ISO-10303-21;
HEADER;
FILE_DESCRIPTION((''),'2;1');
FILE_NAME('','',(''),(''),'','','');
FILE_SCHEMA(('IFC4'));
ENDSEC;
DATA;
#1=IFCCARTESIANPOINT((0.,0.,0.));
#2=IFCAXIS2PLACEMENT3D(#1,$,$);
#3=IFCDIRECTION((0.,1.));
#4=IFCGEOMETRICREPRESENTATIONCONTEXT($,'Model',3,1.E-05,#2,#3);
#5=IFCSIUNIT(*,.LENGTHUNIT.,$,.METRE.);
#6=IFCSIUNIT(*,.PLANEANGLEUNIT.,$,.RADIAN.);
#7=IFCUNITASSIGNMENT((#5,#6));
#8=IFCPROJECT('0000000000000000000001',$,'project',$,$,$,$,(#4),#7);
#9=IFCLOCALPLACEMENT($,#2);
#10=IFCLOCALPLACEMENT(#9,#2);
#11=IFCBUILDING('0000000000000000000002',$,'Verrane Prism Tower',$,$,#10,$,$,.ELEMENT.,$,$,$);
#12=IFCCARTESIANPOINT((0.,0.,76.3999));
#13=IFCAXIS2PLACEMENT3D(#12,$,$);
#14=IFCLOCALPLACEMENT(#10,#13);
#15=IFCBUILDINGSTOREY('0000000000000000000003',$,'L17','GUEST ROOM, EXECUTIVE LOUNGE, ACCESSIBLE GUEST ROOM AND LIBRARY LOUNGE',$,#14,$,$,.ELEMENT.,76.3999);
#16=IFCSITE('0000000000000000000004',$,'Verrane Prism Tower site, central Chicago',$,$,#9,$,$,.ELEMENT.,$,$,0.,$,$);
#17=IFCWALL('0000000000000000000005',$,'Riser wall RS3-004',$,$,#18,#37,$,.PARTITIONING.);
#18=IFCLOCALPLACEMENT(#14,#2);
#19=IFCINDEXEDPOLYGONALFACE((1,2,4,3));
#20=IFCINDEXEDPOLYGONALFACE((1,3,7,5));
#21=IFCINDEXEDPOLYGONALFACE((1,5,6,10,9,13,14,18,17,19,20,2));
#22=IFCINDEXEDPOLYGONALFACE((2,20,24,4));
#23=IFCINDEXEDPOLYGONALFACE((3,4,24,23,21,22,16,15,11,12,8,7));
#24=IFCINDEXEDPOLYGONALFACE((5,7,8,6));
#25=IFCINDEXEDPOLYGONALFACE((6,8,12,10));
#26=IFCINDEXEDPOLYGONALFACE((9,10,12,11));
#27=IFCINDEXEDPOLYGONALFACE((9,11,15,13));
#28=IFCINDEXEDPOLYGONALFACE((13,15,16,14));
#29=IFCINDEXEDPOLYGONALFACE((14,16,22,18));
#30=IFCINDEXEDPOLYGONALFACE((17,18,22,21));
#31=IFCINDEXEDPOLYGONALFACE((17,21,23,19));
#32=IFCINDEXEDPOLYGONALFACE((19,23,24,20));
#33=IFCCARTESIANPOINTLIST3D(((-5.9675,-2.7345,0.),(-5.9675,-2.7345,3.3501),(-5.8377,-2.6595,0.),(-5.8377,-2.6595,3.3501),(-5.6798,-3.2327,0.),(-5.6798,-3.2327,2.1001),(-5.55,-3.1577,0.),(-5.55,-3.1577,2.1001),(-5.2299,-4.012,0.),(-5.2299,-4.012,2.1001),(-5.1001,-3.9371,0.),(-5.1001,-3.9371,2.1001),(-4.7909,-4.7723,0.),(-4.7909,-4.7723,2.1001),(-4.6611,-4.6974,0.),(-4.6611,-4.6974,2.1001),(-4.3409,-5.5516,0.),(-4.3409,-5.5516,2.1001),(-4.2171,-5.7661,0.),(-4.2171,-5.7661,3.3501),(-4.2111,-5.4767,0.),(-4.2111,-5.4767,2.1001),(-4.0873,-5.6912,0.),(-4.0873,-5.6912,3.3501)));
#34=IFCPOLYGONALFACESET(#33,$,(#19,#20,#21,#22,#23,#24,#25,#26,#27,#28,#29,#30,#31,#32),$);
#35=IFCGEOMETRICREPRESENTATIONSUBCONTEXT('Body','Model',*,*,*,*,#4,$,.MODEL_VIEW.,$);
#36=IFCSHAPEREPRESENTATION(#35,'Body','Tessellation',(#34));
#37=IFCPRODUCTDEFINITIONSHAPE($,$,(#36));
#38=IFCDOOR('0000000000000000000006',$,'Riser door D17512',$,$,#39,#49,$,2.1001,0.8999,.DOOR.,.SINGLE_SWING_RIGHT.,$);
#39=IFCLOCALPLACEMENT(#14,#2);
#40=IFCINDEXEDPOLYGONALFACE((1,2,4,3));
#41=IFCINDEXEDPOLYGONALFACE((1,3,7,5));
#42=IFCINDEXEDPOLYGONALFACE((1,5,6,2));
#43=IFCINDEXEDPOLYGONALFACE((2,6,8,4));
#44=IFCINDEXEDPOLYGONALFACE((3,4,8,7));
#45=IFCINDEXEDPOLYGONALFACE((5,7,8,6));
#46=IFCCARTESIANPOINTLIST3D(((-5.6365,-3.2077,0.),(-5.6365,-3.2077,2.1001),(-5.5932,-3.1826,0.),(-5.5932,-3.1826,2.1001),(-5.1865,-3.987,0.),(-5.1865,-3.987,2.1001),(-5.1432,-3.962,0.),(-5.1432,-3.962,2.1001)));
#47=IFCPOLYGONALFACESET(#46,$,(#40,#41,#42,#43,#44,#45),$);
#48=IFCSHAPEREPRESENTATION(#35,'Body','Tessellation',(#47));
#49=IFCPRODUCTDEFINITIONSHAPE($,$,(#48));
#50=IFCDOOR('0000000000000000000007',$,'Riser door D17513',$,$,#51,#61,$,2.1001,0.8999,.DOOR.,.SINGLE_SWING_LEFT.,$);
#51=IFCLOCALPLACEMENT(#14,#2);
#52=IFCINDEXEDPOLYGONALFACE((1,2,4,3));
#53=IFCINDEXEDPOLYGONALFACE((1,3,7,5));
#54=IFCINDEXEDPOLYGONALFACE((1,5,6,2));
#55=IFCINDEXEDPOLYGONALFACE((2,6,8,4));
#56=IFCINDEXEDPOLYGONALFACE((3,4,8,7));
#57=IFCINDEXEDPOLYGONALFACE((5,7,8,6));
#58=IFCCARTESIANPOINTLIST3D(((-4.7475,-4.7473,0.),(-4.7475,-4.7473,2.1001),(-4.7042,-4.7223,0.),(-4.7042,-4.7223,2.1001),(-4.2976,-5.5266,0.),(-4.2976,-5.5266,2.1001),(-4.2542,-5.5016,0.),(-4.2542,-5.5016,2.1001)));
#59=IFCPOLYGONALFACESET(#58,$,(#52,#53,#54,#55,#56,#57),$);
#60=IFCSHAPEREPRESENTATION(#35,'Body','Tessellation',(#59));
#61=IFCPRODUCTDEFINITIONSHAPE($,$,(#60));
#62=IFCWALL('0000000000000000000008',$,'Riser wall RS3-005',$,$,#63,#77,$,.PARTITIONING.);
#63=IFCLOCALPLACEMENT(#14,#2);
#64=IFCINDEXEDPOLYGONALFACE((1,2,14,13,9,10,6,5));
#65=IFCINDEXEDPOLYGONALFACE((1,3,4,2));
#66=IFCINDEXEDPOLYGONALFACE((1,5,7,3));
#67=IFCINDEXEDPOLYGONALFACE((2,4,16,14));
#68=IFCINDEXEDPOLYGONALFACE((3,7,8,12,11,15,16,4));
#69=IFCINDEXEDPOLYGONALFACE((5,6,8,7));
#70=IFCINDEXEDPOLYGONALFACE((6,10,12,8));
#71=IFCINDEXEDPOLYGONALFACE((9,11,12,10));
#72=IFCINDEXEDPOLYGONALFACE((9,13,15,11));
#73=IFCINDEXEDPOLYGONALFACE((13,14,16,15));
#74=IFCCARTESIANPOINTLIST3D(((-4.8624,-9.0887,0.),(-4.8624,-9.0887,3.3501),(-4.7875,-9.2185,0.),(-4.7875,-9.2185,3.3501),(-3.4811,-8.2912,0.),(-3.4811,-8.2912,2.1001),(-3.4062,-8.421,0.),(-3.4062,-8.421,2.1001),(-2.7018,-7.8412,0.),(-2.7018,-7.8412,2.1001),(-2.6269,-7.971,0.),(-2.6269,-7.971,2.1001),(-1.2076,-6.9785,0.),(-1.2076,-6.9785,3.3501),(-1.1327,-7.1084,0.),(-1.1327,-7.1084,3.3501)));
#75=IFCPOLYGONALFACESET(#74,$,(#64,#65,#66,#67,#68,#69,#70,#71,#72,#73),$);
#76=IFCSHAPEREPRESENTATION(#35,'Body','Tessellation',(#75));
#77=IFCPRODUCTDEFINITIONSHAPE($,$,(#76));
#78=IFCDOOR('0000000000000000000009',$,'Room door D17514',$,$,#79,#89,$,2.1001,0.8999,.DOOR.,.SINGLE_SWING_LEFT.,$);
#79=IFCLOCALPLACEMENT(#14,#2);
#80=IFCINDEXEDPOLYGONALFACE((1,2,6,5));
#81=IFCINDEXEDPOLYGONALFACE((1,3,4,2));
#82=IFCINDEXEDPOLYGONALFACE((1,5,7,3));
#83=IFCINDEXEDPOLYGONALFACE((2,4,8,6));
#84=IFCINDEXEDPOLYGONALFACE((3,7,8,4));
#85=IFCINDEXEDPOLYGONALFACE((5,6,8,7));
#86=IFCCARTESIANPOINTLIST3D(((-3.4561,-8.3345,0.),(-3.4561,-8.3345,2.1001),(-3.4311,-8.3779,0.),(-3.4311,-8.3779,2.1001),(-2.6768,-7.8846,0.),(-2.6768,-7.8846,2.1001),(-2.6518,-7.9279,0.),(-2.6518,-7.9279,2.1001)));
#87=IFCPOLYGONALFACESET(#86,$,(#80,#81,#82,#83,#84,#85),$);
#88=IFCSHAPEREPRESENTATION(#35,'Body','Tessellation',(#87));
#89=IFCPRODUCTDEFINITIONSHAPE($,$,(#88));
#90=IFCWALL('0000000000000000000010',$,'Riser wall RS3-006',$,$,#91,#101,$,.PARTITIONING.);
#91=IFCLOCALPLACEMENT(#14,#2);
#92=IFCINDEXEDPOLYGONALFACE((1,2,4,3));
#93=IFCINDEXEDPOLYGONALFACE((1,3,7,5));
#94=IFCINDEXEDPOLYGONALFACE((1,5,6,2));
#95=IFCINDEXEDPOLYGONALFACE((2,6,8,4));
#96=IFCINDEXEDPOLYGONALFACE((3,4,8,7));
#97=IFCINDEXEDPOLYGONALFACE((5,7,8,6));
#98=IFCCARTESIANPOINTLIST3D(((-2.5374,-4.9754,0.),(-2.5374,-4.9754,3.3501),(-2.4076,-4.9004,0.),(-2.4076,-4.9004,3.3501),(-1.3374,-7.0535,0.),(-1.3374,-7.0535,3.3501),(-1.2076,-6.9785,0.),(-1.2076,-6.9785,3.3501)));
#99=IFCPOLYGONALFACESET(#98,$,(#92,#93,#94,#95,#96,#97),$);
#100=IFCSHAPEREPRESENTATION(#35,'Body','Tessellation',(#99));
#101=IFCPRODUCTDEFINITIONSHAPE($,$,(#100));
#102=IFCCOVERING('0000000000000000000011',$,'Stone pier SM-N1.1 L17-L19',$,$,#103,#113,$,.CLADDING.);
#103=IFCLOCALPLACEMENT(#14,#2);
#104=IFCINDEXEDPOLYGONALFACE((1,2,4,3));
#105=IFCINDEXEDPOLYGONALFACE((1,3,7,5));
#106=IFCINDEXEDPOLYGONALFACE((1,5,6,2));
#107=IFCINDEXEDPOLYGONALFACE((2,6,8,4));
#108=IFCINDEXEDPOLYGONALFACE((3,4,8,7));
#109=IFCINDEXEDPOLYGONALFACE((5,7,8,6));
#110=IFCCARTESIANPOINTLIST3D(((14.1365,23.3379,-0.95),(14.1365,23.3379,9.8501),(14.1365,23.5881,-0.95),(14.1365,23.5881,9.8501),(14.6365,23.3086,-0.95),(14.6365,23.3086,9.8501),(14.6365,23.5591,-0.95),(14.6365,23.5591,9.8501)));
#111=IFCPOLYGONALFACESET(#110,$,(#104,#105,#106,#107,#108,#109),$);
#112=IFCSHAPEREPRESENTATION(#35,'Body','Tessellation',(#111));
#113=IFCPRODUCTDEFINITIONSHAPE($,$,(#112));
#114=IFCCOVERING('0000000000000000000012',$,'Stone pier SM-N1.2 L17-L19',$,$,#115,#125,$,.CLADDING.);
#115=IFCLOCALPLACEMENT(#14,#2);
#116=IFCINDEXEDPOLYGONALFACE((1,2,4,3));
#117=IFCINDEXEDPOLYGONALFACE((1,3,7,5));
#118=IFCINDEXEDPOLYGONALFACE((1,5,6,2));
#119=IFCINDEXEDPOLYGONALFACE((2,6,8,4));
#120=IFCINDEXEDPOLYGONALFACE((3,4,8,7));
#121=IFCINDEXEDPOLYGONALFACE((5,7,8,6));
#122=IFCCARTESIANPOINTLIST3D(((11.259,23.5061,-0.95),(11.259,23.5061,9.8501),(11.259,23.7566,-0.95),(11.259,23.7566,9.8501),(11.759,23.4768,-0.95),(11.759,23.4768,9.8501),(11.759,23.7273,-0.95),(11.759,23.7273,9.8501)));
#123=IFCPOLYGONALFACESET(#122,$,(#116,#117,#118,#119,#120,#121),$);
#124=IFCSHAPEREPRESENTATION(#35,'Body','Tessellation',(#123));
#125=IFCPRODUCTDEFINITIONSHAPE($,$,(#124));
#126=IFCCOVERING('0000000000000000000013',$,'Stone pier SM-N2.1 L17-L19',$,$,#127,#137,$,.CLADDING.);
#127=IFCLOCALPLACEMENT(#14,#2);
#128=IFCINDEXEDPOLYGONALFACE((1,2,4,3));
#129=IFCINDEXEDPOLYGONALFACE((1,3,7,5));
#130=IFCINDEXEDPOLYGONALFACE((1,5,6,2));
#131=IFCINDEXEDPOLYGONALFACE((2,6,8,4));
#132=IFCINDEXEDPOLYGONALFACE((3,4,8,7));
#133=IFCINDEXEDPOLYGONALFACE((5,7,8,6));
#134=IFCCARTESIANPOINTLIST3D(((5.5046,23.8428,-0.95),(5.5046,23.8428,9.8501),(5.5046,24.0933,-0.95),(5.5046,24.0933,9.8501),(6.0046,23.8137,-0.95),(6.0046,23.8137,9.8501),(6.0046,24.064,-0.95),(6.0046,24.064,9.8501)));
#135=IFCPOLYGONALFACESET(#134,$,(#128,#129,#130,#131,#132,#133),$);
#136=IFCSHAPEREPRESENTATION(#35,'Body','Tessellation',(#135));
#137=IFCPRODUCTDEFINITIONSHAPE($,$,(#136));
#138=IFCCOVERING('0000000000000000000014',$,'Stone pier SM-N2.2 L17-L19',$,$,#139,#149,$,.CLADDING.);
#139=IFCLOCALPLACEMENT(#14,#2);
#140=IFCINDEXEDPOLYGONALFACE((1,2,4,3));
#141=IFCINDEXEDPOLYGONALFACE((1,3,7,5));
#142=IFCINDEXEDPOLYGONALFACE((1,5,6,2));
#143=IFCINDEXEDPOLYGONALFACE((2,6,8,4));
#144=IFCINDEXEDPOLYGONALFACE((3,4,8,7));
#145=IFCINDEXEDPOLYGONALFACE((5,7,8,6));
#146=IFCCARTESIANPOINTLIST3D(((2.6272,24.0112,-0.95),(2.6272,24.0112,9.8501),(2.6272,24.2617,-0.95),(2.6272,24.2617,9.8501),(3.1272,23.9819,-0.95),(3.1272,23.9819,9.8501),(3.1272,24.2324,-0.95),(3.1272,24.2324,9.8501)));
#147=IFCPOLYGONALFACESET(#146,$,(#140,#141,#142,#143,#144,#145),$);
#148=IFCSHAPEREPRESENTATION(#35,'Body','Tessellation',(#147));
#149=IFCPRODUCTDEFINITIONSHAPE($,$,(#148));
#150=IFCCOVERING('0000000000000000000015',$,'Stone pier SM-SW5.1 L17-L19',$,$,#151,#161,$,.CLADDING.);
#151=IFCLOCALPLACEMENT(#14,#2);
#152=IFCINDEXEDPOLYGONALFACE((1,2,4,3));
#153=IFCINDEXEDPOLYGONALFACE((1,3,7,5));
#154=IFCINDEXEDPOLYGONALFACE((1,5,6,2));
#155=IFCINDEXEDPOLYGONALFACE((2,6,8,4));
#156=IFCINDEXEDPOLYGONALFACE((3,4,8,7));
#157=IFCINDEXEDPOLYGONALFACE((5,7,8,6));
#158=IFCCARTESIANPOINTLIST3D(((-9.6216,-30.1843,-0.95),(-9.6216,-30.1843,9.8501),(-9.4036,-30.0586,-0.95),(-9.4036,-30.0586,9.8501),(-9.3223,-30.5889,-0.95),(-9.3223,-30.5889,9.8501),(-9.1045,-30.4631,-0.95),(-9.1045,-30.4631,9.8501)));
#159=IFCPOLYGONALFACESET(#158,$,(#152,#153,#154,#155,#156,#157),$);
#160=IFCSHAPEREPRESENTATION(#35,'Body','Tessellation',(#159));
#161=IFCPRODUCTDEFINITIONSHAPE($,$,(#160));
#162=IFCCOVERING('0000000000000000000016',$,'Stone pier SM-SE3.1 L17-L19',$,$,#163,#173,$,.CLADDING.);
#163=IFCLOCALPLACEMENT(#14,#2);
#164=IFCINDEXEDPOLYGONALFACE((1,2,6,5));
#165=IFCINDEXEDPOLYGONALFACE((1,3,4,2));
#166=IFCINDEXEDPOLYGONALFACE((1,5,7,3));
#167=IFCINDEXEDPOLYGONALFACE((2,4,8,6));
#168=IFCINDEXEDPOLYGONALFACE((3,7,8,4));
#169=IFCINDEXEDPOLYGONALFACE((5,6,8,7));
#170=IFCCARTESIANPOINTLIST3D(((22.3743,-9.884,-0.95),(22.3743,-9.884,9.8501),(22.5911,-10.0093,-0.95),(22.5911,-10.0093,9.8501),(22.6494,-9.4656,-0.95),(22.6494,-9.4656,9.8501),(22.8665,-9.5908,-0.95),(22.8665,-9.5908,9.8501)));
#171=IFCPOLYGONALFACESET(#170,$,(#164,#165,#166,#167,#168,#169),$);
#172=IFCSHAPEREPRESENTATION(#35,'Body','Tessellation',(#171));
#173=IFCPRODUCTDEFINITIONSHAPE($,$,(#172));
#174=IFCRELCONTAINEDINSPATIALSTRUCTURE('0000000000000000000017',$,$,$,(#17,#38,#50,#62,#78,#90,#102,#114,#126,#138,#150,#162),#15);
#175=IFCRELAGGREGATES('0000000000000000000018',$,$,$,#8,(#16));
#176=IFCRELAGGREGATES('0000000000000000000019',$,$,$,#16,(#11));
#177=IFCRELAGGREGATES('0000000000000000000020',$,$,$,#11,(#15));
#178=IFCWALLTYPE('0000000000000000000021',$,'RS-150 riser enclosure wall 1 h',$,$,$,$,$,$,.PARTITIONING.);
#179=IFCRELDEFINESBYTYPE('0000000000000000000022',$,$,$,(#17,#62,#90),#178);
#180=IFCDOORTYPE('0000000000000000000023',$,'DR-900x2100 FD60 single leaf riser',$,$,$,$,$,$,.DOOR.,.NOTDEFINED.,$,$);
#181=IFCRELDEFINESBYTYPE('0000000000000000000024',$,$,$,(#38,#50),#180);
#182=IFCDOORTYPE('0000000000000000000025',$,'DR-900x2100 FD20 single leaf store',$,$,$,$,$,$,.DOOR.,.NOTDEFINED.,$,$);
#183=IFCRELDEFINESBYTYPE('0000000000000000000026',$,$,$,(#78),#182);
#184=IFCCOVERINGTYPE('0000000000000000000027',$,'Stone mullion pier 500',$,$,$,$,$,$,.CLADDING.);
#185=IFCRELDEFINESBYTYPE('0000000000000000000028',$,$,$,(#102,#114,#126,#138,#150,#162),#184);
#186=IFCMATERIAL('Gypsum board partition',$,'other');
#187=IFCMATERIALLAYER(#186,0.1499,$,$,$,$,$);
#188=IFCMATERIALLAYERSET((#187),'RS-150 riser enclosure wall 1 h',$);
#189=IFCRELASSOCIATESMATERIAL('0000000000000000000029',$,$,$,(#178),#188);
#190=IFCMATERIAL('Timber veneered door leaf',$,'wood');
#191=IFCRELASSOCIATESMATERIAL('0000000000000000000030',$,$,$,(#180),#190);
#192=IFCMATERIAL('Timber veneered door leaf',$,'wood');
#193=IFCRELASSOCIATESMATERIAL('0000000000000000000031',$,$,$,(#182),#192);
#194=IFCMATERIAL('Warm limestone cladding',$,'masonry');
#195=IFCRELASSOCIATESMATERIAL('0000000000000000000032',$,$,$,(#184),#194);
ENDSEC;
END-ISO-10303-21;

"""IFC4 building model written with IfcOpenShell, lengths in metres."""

from ifc_helpers import new_model, si_unit, direction, frame, frame_2d, origin, place, context, subcontext, project, spatial, polyline, rectangle, outline, extrude, material, layer, layer_set, type_object, element, fill, save


model = new_model("IFC4")

# Units and contexts
model_context = context("Model", 3, precision=1e-05, world=origin(), true_north=direction((0.0, 1.0)))
body_context = subcontext(model_context, "Body", "Model", "MODEL_VIEW")
ifc_project = project(units=[si_unit("LENGTHUNIT", "METRE"), si_unit("PLANEANGLEUNIT", "RADIAN")], contexts=[model_context])

# Site, building, storey
site_placement = place(None, origin())
site = spatial("IfcSite", under=ifc_project, at=site_placement, Name="Verrane Prism Tower site, central Chicago", CompositionType="ELEMENT", RefElevation=0.0)
building_placement = place(site_placement, origin())
building = spatial("IfcBuilding", under=site, at=building_placement, Name="Verrane Prism Tower", CompositionType="ELEMENT")
storey_placement = place(building_placement, frame((0.0, 0.0, 76.3999)))
storey = spatial("IfcBuildingStorey", under=building, at=storey_placement, Name="L17", Description="GUEST ROOM, EXECUTIVE LOUNGE, ACCESSIBLE GUEST ROOM AND LIBRARY LOUNGE", CompositionType="ELEMENT", Elevation=76.3999)

# Wall, openings, doors
ifc_material_1 = material(Name="Gypsum board partition", Category="other")
ifc_layer_1 = layer(ifc_material_1, 0.1499)
ifc_layer_set_1 = layer_set([ifc_layer_1], Name="RS-150 riser enclosure wall 1 h")
wall_type_1 = type_object("IfcWallType", Name="RS-150 riser enclosure wall 1 h", PredefinedType="PARTITIONING", material=ifc_layer_set_1)
wall_1_placement = place(storey_placement, frame((-4.1521, -5.7288, 0.0), z_axis=(0.0, 0.0, 1.0), x_axis=(-0.500024, 0.866011, 0.0)))
wall_1 = element("IfcWall", 1, at=wall_1_placement, inside=storey, type_object=wall_type_1, Name="Riser wall RS3-004", PredefinedType="PARTITIONING", context=body_context, shape_type="SweptSolid", body=[
    extrude(rectangle(XDim=3.5007, YDim=0.1499, at=frame_2d((1.7505, 0.0))), origin(), (0.0, 0.0, 1.0), 3.3501),
])
opening_1_placement = place(wall_1_placement, frame((2.0256, 0.0, 0.0)))
opening_1 = element("IfcOpeningElement", 2, at=opening_1_placement, cuts=wall_1, PredefinedType="OPENING", context=body_context, shape_type="SweptSolid", body=[
    extrude(rectangle(XDim=0.8999, YDim=2.1001, at=frame_2d((0.45, 1.05))), frame((0.0, 0.085, 0.0), z_axis=(0.0, -1.0, 0.0), x_axis=(1.0, 0.0, 0.0)), (0.0, 0.0, 1.0), 0.1699),
])
opening_2_placement = place(wall_1_placement, frame((0.2478, 0.0, 0.0)))
opening_2 = element("IfcOpeningElement", 3, at=opening_2_placement, cuts=wall_1, PredefinedType="OPENING", context=body_context, shape_type="SweptSolid", body=[
    extrude(rectangle(XDim=0.8999, YDim=2.1001, at=frame_2d((0.45, 1.05))), frame((0.0, 0.085, 0.0), z_axis=(0.0, -1.0, 0.0), x_axis=(1.0, 0.0, 0.0)), (0.0, 0.0, 1.0), 0.1699),
])
ifc_material_2 = material(Name="Timber veneered door leaf", Category="wood")
door_type_1 = type_object("IfcDoorType", Name="DR-900x2100 FD60 single leaf riser", OperationType="NOTDEFINED", PredefinedType="DOOR", material=ifc_material_2)
door_1_placement = place(opening_1_placement, origin())
door_1 = element("IfcDoor", 4, at=door_1_placement, inside=storey, type_object=door_type_1, Name="Riser door D17512", OperationType="SINGLE_SWING_RIGHT", OverallHeight=2.1001, OverallWidth=0.8999, PredefinedType="DOOR", context=body_context, shape_type="SweptSolid", body=[
    extrude(rectangle(XDim=0.8999, YDim=2.1001, at=frame_2d((0.45, 1.05))), frame((0.0, 0.0249, 0.0), z_axis=(0.0, -1.0, 0.0), x_axis=(1.0, 0.0, 0.0)), (0.0, 0.0, 1.0), 0.05),
])
fill(opening_1, door_1)
door_2_placement = place(opening_2_placement, origin())
door_2 = element("IfcDoor", 5, at=door_2_placement, inside=storey, type_object=door_type_1, Name="Riser door D17513", OperationType="SINGLE_SWING_LEFT", OverallHeight=2.1001, OverallWidth=0.8999, PredefinedType="DOOR", context=body_context, shape_type="SweptSolid", body=[
    extrude(rectangle(XDim=0.8999, YDim=2.1001, at=frame_2d((0.45, 1.05))), frame((0.0, 0.0249, 0.0), z_axis=(0.0, -1.0, 0.0), x_axis=(1.0, 0.0, 0.0)), (0.0, 0.0, 1.0), 0.05),
])
fill(opening_2, door_2)

# Wall, opening, door
wall_2_placement = place(storey_placement, frame((-4.825, -9.1536, 0.0), z_axis=(0.0, 0.0, 1.0), x_axis=(0.866024, 0.500003, 0.0)))
wall_2 = element("IfcWall", 6, at=wall_2_placement, inside=storey, type_object=wall_type_1, Name="Riser wall RS3-005", PredefinedType="PARTITIONING", context=body_context, shape_type="SweptSolid", body=[
    extrude(rectangle(XDim=4.2202, YDim=0.1499, at=frame_2d((2.1101, 0.0))), origin(), (0.0, 0.0, 1.0), 3.3501),
])
opening_3_placement = place(wall_2_placement, frame((1.595, 0.0, 0.0)))
opening_3 = element("IfcOpeningElement", 7, at=opening_3_placement, cuts=wall_2, PredefinedType="OPENING", context=body_context, shape_type="SweptSolid", body=[
    extrude(rectangle(XDim=0.8999, YDim=2.1001, at=frame_2d((0.45, 1.05))), frame((0.0, 0.085, 0.0), z_axis=(0.0, -1.0, 0.0), x_axis=(1.0, 0.0, 0.0)), (0.0, 0.0, 1.0), 0.1699),
])
ifc_material_3 = material(Name="Timber veneered door leaf", Category="wood")
door_type_2 = type_object("IfcDoorType", Name="DR-900x2100 FD20 single leaf store", OperationType="NOTDEFINED", PredefinedType="DOOR", material=ifc_material_3)
door_3_placement = place(opening_3_placement, origin())
door_3 = element("IfcDoor", 8, at=door_3_placement, inside=storey, type_object=door_type_2, Name="Room door D17514", OperationType="SINGLE_SWING_LEFT", OverallHeight=2.1001, OverallWidth=0.8999, PredefinedType="DOOR", context=body_context, shape_type="SweptSolid", body=[
    extrude(rectangle(XDim=0.8999, YDim=2.1001, at=frame_2d((0.45, 1.05))), frame((0.0, 0.0249, 0.0), z_axis=(0.0, -1.0, 0.0), x_axis=(1.0, 0.0, 0.0)), (0.0, 0.0, 1.0), 0.05),
])
fill(opening_3, door_3)

# Wall
wall_3_placement = place(storey_placement, frame((-2.4724, -4.938, 0.0), z_axis=(0.0, 0.0, 1.0), x_axis=(0.500045, -0.865999, 0.0)))
element("IfcWall", 9, at=wall_3_placement, inside=storey, type_object=wall_type_1, Name="Riser wall RS3-006", PredefinedType="PARTITIONING", context=body_context, shape_type="SweptSolid", body=[
    extrude(rectangle(XDim=2.3997, YDim=0.1499, at=frame_2d((1.1997, 0.0))), origin(), (0.0, 0.0, 1.0), 3.3501),
])

# Coverings
ifc_material_4 = material(Name="Warm limestone cladding", Category="masonry")
covering_type_1 = type_object("IfcCoveringType", Name="Stone mullion pier 500", PredefinedType="CLADDING", material=ifc_material_4)
covering_1_placement = place(storey_placement, frame((0.0, 0.0, -0.95)))
element("IfcCovering", 10, at=covering_1_placement, inside=storey, type_object=covering_type_1, Name="Stone pier SM-N1.1 L17-L19", PredefinedType="CLADDING", context=body_context, shape_type="SweptSolid", body=[
    extrude(outline(polyline([(14.1365, 23.3379), (14.6365, 23.3086), (14.6365, 23.5591), (14.1365, 23.5881), (14.1365, 23.3379)])), origin(), (0.0, 0.0, 1.0), 10.8),
])
covering_2_placement = place(storey_placement, frame((0.0, 0.0, -0.95)))
element("IfcCovering", 11, at=covering_2_placement, inside=storey, type_object=covering_type_1, Name="Stone pier SM-N1.2 L17-L19", PredefinedType="CLADDING", context=body_context, shape_type="SweptSolid", body=[
    extrude(outline(polyline([(11.259, 23.5061), (11.759, 23.4768), (11.759, 23.7273), (11.259, 23.7566), (11.259, 23.5061)])), origin(), (0.0, 0.0, 1.0), 10.8),
])
covering_3_placement = place(storey_placement, frame((0.0, 0.0, -0.95)))
element("IfcCovering", 12, at=covering_3_placement, inside=storey, type_object=covering_type_1, Name="Stone pier SM-N2.1 L17-L19", PredefinedType="CLADDING", context=body_context, shape_type="SweptSolid", body=[
    extrude(outline(polyline([(5.5046, 23.8428), (6.0046, 23.8137), (6.0046, 24.064), (5.5046, 24.0933), (5.5046, 23.8428)])), origin(), (0.0, 0.0, 1.0), 10.8),
])
covering_4_placement = place(storey_placement, frame((0.0, 0.0, -0.95)))
element("IfcCovering", 13, at=covering_4_placement, inside=storey, type_object=covering_type_1, Name="Stone pier SM-N2.2 L17-L19", PredefinedType="CLADDING", context=body_context, shape_type="SweptSolid", body=[
    extrude(outline(polyline([(2.6272, 24.0112), (3.1272, 23.9819), (3.1272, 24.2324), (2.6272, 24.2617), (2.6272, 24.0112)])), origin(), (0.0, 0.0, 1.0), 10.8),
])
covering_5_placement = place(storey_placement, frame((0.0, 0.0, -0.95)))
element("IfcCovering", 14, at=covering_5_placement, inside=storey, type_object=covering_type_1, Name="Stone pier SM-SW5.1 L17-L19", PredefinedType="CLADDING", context=body_context, shape_type="SweptSolid", body=[
    extrude(outline(polyline([(-9.1045, -30.4631), (-9.4036, -30.0586), (-9.6216, -30.1843), (-9.3223, -30.5889), (-9.1045, -30.4631)])), origin(), (0.0, 0.0, 1.0), 10.8),
])
covering_6_placement = place(storey_placement, frame((0.0, 0.0, -0.95)))
element("IfcCovering", 15, at=covering_6_placement, inside=storey, type_object=covering_type_1, Name="Stone pier SM-SE3.1 L17-L19", PredefinedType="CLADDING", context=body_context, shape_type="SweptSolid", body=[
    extrude(outline(polyline([(22.6494, -9.4656), (22.3743, -9.884), (22.5911, -10.0093), (22.8665, -9.5908), (22.6494, -9.4656)])), origin(), (0.0, 0.0, 1.0), 10.8),
])

save(model, "model.ifc")
